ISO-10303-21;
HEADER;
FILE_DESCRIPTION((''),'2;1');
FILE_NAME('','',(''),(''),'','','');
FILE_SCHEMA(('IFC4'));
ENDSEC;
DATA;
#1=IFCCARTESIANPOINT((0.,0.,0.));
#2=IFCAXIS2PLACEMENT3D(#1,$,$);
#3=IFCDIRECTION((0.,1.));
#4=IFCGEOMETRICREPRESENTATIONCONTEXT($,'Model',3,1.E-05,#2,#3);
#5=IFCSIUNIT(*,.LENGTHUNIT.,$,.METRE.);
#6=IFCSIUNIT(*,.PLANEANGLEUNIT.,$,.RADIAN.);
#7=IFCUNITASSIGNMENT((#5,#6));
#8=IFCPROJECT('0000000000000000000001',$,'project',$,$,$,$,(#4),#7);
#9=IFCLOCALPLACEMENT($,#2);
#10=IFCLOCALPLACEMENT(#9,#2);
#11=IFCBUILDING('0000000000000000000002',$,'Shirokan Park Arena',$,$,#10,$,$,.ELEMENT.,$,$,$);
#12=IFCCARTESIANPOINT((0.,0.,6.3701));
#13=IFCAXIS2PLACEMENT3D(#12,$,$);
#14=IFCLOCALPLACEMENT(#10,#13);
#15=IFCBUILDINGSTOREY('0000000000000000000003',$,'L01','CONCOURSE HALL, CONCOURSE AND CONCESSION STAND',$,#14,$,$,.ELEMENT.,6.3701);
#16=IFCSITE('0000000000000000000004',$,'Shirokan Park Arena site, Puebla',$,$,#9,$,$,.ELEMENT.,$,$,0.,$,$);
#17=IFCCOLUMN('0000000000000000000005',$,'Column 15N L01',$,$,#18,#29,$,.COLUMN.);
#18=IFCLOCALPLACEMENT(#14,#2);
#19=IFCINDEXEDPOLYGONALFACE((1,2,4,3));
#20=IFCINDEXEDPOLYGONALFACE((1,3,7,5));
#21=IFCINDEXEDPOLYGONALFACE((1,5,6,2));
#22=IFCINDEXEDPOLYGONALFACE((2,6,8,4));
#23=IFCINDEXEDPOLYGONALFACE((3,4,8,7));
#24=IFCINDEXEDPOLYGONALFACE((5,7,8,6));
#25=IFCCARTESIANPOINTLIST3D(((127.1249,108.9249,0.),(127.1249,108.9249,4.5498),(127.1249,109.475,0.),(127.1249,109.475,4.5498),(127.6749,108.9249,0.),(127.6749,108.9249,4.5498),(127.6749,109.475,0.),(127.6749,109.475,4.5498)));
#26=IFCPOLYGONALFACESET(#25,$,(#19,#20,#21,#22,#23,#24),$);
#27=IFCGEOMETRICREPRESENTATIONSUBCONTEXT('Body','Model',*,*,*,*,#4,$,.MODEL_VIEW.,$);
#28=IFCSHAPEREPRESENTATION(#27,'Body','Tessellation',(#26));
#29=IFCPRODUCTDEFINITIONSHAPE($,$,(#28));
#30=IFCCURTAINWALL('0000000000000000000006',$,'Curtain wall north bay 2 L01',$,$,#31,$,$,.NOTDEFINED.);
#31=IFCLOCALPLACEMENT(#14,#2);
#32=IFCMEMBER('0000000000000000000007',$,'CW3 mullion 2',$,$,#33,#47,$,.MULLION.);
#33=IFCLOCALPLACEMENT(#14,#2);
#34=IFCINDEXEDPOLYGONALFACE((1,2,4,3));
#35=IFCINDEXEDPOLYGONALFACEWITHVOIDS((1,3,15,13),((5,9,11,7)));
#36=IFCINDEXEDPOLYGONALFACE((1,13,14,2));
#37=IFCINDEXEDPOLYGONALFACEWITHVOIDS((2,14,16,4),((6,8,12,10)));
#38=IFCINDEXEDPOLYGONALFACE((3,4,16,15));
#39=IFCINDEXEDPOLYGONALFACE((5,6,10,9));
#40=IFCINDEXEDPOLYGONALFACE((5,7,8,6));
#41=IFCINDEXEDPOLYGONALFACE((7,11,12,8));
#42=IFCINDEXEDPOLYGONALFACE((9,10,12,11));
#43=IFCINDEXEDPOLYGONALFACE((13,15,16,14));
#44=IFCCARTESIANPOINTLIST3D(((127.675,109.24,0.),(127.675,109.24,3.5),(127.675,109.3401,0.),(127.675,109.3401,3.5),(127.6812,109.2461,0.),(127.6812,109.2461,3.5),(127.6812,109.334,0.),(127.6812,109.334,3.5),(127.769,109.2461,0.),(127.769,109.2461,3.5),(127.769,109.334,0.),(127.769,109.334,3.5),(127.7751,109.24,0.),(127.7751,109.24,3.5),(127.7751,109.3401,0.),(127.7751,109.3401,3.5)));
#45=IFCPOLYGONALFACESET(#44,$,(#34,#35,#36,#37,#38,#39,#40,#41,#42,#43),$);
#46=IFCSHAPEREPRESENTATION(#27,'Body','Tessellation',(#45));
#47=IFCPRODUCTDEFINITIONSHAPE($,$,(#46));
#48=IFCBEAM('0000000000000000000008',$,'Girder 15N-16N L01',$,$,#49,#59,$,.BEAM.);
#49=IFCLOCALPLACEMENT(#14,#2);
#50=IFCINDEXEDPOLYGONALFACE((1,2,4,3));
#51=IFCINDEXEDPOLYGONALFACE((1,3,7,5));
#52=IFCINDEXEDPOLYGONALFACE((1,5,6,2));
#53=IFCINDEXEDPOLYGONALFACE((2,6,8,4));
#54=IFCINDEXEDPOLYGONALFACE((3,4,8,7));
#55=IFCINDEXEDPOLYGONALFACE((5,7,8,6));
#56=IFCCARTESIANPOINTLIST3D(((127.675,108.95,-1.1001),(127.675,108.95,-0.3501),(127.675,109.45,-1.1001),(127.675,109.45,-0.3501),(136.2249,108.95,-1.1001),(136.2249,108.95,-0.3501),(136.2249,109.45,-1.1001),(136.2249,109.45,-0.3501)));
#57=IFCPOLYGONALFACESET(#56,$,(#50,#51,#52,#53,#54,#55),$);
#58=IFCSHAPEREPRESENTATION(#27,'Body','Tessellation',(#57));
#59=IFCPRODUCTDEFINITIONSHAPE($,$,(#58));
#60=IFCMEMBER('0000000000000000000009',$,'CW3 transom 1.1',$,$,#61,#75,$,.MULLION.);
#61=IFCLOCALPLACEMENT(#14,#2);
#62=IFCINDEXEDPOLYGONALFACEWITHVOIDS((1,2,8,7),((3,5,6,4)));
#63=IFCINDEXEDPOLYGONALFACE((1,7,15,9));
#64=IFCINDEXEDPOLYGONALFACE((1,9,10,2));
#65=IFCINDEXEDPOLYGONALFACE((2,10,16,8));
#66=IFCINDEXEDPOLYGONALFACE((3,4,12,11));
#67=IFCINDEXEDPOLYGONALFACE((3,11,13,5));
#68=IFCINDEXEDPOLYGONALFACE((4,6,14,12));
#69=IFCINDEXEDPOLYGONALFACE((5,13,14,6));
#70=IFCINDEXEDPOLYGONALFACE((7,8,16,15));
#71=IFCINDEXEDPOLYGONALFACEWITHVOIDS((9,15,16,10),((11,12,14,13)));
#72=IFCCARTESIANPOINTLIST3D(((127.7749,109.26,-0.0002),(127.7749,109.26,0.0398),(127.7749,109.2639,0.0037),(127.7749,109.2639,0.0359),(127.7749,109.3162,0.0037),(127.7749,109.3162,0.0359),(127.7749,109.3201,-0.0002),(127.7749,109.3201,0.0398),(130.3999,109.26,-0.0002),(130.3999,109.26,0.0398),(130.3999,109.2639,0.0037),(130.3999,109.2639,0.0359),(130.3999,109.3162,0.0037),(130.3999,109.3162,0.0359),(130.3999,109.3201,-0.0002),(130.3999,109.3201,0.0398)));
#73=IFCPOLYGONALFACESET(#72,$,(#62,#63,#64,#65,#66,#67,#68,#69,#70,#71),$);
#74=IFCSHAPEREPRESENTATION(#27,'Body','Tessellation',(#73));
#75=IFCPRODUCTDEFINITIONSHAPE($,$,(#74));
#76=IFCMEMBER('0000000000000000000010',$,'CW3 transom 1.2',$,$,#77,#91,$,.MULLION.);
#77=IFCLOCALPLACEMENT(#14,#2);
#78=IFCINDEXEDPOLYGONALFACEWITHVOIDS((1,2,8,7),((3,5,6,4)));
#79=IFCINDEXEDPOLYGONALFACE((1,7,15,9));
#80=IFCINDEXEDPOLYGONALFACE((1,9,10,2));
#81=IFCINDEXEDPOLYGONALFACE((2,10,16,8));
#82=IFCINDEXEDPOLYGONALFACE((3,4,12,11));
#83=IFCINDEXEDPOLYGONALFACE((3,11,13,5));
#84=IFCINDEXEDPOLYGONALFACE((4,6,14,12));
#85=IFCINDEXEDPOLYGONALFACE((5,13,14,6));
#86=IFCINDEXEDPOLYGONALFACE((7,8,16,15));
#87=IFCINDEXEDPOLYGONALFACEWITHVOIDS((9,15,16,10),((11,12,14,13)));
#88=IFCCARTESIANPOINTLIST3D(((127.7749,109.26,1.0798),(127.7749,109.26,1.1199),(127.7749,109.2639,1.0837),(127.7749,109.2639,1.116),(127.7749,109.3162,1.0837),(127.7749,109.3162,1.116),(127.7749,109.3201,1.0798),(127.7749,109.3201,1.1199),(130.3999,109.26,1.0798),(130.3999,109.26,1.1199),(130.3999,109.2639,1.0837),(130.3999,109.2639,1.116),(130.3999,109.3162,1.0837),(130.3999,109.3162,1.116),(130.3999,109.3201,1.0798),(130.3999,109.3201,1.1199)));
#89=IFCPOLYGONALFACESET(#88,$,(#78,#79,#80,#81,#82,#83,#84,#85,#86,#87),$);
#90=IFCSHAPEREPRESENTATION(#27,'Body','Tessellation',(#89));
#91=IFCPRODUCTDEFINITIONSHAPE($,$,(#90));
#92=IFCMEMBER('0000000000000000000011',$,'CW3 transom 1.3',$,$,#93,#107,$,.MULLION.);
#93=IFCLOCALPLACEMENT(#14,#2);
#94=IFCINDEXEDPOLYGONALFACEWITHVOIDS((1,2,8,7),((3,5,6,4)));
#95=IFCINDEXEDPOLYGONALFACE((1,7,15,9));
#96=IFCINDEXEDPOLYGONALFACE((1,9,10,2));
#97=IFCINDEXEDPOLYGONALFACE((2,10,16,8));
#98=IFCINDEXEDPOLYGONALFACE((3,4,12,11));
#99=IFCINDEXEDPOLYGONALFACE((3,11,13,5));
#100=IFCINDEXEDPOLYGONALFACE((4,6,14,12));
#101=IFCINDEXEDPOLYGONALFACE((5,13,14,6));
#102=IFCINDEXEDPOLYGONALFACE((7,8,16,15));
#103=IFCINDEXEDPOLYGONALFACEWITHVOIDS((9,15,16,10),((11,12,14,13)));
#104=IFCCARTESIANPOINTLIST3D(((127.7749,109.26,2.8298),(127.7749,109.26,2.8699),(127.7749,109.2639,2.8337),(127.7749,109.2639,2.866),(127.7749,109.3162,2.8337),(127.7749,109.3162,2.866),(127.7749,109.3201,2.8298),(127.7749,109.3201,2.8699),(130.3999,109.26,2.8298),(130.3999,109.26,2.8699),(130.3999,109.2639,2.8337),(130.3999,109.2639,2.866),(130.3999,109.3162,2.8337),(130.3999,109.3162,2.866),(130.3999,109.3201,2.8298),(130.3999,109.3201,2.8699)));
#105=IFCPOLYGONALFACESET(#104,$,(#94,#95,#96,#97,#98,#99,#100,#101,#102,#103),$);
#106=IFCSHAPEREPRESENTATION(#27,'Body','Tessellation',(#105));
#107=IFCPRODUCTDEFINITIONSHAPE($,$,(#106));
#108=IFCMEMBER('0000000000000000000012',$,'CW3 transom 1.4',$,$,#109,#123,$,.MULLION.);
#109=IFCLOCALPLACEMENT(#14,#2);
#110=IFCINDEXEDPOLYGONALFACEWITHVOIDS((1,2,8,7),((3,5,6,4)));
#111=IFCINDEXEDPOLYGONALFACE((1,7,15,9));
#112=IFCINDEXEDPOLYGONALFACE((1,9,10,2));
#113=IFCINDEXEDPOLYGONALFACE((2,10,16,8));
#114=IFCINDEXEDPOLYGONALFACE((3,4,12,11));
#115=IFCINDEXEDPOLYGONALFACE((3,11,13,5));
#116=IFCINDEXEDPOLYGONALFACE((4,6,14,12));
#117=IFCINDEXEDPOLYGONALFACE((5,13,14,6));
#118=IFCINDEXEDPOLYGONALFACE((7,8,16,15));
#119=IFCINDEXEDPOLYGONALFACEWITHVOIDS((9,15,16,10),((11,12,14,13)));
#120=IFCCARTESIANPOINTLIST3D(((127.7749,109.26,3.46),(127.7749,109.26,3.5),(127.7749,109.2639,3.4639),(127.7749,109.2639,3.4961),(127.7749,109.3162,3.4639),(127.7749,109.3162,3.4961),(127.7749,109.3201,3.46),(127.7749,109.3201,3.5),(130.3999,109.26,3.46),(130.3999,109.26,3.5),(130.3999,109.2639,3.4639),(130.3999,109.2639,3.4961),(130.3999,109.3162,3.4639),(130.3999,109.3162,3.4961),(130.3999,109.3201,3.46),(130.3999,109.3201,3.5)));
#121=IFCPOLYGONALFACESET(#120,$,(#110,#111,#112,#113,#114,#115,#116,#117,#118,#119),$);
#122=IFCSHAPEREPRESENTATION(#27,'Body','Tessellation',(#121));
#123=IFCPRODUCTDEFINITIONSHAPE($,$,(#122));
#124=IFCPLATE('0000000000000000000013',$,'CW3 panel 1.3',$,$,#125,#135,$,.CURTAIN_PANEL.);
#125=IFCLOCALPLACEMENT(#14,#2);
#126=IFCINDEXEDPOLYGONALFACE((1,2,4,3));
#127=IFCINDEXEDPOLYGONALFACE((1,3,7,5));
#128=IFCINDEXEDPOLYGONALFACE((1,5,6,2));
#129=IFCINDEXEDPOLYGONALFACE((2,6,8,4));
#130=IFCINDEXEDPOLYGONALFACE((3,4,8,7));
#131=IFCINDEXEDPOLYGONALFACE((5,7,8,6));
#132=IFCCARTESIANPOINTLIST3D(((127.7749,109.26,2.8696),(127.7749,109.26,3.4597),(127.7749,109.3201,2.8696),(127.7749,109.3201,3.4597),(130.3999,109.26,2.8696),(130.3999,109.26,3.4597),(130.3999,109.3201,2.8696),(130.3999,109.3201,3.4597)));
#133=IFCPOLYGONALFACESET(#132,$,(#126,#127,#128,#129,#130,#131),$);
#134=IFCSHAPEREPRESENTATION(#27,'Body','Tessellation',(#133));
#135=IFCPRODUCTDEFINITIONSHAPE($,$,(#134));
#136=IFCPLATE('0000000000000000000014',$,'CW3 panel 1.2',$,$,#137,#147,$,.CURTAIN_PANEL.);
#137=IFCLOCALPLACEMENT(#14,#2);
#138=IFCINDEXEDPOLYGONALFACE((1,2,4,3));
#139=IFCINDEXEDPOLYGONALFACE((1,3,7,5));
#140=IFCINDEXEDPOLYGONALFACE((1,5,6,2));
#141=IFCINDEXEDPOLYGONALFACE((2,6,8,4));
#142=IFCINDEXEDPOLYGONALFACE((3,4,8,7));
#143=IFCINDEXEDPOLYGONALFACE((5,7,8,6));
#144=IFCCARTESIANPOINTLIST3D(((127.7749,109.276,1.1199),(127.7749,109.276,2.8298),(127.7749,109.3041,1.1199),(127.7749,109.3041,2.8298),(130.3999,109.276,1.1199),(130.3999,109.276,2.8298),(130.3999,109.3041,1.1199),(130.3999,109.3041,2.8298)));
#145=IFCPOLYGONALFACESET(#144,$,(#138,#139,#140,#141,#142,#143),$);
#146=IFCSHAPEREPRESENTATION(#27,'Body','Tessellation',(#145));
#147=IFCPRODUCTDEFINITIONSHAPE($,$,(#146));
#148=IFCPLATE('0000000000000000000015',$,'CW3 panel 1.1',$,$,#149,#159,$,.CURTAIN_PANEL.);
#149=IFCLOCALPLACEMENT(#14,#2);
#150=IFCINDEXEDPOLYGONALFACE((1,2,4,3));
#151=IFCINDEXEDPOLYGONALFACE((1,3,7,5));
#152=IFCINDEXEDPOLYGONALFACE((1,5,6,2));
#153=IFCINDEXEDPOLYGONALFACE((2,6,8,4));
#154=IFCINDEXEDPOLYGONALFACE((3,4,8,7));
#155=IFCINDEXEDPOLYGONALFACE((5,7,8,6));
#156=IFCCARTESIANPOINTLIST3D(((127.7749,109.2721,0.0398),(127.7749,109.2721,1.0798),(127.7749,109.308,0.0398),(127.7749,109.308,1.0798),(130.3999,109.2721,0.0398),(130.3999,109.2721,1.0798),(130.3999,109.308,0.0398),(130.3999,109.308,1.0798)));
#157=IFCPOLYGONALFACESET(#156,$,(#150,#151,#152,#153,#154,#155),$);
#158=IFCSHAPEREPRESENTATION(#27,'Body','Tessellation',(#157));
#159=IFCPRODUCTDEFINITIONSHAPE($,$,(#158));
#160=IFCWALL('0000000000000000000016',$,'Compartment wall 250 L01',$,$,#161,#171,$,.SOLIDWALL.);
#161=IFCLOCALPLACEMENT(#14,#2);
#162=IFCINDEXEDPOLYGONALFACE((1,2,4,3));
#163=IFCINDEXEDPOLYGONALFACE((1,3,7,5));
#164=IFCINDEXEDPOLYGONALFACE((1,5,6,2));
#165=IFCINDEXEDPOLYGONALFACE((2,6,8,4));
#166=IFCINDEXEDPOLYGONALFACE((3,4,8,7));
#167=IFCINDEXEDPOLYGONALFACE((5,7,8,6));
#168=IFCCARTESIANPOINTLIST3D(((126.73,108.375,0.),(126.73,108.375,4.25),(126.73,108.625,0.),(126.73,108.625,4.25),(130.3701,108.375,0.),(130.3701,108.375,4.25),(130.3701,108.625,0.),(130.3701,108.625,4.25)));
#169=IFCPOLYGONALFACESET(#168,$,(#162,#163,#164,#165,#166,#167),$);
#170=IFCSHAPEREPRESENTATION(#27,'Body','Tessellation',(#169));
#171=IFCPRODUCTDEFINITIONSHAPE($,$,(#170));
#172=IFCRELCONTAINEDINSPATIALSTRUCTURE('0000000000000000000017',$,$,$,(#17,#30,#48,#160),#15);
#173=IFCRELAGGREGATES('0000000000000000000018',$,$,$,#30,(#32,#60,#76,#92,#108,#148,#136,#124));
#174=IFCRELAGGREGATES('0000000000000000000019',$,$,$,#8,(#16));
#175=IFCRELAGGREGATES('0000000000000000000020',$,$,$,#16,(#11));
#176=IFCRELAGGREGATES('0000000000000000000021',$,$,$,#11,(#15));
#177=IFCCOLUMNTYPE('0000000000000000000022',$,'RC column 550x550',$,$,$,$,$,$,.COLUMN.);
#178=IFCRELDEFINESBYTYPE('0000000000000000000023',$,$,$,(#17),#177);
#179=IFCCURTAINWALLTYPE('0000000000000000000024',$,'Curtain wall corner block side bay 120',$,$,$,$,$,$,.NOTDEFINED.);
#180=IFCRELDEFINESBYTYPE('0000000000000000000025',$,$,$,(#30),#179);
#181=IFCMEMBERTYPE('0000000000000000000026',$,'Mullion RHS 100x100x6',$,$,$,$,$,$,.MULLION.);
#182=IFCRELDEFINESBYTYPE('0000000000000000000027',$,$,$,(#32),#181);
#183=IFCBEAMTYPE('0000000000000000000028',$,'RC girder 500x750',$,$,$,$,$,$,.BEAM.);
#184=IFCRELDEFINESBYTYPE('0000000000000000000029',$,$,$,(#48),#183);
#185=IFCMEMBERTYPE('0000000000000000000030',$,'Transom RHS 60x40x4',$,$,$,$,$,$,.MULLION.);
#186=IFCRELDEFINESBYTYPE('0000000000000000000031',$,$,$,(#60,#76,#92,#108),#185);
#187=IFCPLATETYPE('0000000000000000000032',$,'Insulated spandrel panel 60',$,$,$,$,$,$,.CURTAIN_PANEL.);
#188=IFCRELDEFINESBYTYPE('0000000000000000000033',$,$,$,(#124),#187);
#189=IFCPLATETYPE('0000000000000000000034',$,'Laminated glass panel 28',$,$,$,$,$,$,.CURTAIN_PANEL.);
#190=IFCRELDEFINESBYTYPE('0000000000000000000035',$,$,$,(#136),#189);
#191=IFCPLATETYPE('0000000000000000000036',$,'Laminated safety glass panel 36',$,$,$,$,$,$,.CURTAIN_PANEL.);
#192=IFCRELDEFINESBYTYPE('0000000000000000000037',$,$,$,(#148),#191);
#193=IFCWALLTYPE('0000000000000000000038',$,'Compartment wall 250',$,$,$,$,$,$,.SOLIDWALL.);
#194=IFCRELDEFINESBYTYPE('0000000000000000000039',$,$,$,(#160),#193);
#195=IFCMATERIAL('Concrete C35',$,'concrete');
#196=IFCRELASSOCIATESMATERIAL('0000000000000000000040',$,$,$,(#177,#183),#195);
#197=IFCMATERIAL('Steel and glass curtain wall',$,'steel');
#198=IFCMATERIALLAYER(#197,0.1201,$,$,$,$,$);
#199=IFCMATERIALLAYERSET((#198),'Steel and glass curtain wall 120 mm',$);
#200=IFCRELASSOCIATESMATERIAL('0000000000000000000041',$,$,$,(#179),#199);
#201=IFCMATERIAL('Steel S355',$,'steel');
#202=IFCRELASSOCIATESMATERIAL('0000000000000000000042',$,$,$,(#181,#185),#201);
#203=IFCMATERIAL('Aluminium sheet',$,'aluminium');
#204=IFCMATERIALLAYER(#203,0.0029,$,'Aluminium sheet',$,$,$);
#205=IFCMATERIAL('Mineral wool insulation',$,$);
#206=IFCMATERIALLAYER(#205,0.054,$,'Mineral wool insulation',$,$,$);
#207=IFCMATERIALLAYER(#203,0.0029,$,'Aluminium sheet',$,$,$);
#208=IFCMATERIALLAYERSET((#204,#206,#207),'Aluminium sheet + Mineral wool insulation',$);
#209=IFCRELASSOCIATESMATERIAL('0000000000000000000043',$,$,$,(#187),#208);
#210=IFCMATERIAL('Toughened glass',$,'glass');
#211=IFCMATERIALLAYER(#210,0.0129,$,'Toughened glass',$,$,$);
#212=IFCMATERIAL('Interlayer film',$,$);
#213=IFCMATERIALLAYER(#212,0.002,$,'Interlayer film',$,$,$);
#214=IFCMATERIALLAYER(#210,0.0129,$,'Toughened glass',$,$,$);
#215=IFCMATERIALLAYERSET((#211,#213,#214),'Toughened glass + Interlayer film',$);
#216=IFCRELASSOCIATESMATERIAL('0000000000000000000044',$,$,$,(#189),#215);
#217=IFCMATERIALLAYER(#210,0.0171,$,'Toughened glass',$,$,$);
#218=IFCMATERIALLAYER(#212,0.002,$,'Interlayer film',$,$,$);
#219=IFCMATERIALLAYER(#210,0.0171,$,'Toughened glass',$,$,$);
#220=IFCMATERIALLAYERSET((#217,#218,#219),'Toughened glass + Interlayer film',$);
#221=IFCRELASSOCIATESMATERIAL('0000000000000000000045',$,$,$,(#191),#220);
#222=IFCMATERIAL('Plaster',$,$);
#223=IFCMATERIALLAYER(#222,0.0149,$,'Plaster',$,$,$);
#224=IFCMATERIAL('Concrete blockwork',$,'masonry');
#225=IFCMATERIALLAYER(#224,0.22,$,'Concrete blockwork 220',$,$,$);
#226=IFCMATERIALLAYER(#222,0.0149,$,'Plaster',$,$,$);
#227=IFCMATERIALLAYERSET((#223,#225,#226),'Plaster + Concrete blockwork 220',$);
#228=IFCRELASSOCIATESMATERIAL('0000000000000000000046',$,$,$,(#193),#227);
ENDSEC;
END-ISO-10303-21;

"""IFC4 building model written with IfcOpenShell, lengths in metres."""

from ifc_helpers import new_model, si_unit, direction, frame, frame_2d, origin, origin_2d, place, context, subcontext, project, spatial, rectangle, hollow_rectangle, extrude, material, layer, layer_set, material_profile, profile_set, type_object, element, aggregate, save


model = new_model("IFC4")

# Units and contexts
model_context = context("Model", 3, precision=1e-05, world=origin(), true_north=direction((0.0, 1.0)))
body_context = subcontext(model_context, "Body", "Model", "MODEL_VIEW")
ifc_project = project(units=[si_unit("LENGTHUNIT", "METRE"), si_unit("PLANEANGLEUNIT", "RADIAN")], contexts=[model_context])

# Site, building, storey
site_placement = place(None, origin())
site = spatial("IfcSite", under=ifc_project, at=site_placement, Name="Shirokan Park Arena site, Puebla", CompositionType="ELEMENT", RefElevation=0.0)
building_placement = place(site_placement, origin())
building = spatial("IfcBuilding", under=site, at=building_placement, Name="Shirokan Park Arena", CompositionType="ELEMENT")
storey_placement = place(building_placement, frame((0.0, 0.0, 6.3701)))
storey = spatial("IfcBuildingStorey", under=building, at=storey_placement, Name="L01", Description="CONCOURSE HALL, CONCOURSE AND CONCESSION STAND", CompositionType="ELEMENT", Elevation=6.3701)

# Column
ifc_material_1 = material(Name="Concrete C35", Category="concrete")
ifc_material_profile_1 = material_profile(ifc_material_1, rectangle(XDim=0.55, YDim=0.55, at=origin_2d()), Name="550x550")
ifc_profile_set_1 = profile_set([ifc_material_profile_1], Name="Concrete C35")
column_type = type_object("IfcColumnType", Name="RC column 550x550", PredefinedType="COLUMN", material=ifc_profile_set_1)
column_placement = place(storey_placement, frame((127.3999, 109.2, 0.0), z_axis=(0.0, 0.0, 1.0), x_axis=(1.0, 0.0, 0.0)))
element("IfcColumn", 1, at=column_placement, inside=storey, type_object=column_type, Name="Column 15N L01", PredefinedType="COLUMN", context=body_context, shape_type="SweptSolid", body=[
    extrude(rectangle(XDim=0.55, YDim=0.55, at=origin_2d()), origin(), (0.0, 0.0, 1.0), 4.5498),
])

# Curtain wall, member
ifc_material_2 = material(Name="Steel and glass curtain wall", Category="steel")
ifc_layer_1 = layer(ifc_material_2, 0.1201)
ifc_layer_set_1 = layer_set([ifc_layer_1], Name="Steel and glass curtain wall 120 mm")
curtain_wall_type = type_object("IfcCurtainWallType", Name="Curtain wall corner block side bay 120", PredefinedType="NOTDEFINED", material=ifc_layer_set_1)
curtain_wall_placement = place(storey_placement, origin())
curtain_wall = element("IfcCurtainWall", 2, at=curtain_wall_placement, inside=storey, type_object=curtain_wall_type, Name="Curtain wall north bay 2 L01", PredefinedType="NOTDEFINED")
ifc_material_3 = material(Name="Steel S355", Category="steel")
ifc_material_profile_2 = material_profile(ifc_material_3, hollow_rectangle(XDim=0.1001, YDim=0.1001, WallThickness=0.0061, at=origin_2d()), Name="RHS 100x100x6")
ifc_profile_set_2 = profile_set([ifc_material_profile_2], Name="Steel S355")
member_type_1 = type_object("IfcMemberType", Name="Mullion RHS 100x100x6", PredefinedType="MULLION", material=ifc_profile_set_2)
member_1_placement = place(storey_placement, frame((127.7251, 109.29, 0.0), z_axis=(0.0, 0.0, 1.0), x_axis=(0.0, -1.0, 0.0)))
member_1 = element("IfcMember", 3, at=member_1_placement, type_object=member_type_1, Name="CW3 mullion 2", PredefinedType="MULLION", context=body_context, shape_type="SweptSolid", body=[
    extrude(hollow_rectangle(XDim=0.1001, YDim=0.1001, WallThickness=0.0061, at=origin_2d()), origin(), (0.0, 0.0, 1.0), 3.5),
])

# Beam
ifc_material_profile_3 = material_profile(ifc_material_1, rectangle(XDim=0.5, YDim=0.75, at=origin_2d()), Name="500x750")
ifc_profile_set_3 = profile_set([ifc_material_profile_3], Name="Concrete C35")
beam_type = type_object("IfcBeamType", Name="RC girder 500x750", PredefinedType="BEAM", material=ifc_profile_set_3)
beam_placement = place(storey_placement, frame((127.675, 109.2, -0.7251), z_axis=(1.0, 0.0, 0.0), x_axis=(0.0, 1.0, 0.0)))
element("IfcBeam", 4, at=beam_placement, inside=storey, type_object=beam_type, Name="Girder 15N-16N L01", PredefinedType="BEAM", context=body_context, shape_type="SweptSolid", body=[
    extrude(rectangle(XDim=0.5, YDim=0.75, at=origin_2d()), origin(), (0.0, 0.0, 1.0), 8.5498),
])

# Members
ifc_material_profile_4 = material_profile(ifc_material_3, hollow_rectangle(XDim=0.0601, YDim=0.04, WallThickness=0.0039, at=origin_2d()), Name="RHS 60x40x4")
ifc_profile_set_4 = profile_set([ifc_material_profile_4], Name="Steel S355")
member_type_2 = type_object("IfcMemberType", Name="Transom RHS 60x40x4", PredefinedType="MULLION", material=ifc_profile_set_4)
member_2_placement = place(storey_placement, frame((130.3999, 109.29, 0.0198), z_axis=(-1.0, 0.0, 0.0), x_axis=(0.0, -1.0, 0.0)))
member_2 = element("IfcMember", 5, at=member_2_placement, type_object=member_type_2, Name="CW3 transom 1.1", PredefinedType="MULLION", context=body_context, shape_type="SweptSolid", body=[
    extrude(hollow_rectangle(XDim=0.0601, YDim=0.04, WallThickness=0.0039, at=origin_2d()), origin(), (0.0, 0.0, 1.0), 2.625),
])
member_3_placement = place(storey_placement, frame((130.3999, 109.29, 1.0999), z_axis=(-1.0, 0.0, 0.0), x_axis=(0.0, -1.0, 0.0)))
member_3 = element("IfcMember", 6, at=member_3_placement, type_object=member_type_2, Name="CW3 transom 1.2", PredefinedType="MULLION", context=body_context, shape_type="SweptSolid", body=[
    extrude(hollow_rectangle(XDim=0.0601, YDim=0.04, WallThickness=0.0039, at=origin_2d()), origin(), (0.0, 0.0, 1.0), 2.625),
])
member_4_placement = place(storey_placement, frame((130.3999, 109.29, 2.8499), z_axis=(-1.0, 0.0, 0.0), x_axis=(0.0, -1.0, 0.0)))
member_4 = element("IfcMember", 7, at=member_4_placement, type_object=member_type_2, Name="CW3 transom 1.3", PredefinedType="MULLION", context=body_context, shape_type="SweptSolid", body=[
    extrude(hollow_rectangle(XDim=0.0601, YDim=0.04, WallThickness=0.0039, at=origin_2d()), origin(), (0.0, 0.0, 1.0), 2.625),
])
member_5_placement = place(storey_placement, frame((130.3999, 109.29, 3.48), z_axis=(-1.0, 0.0, 0.0), x_axis=(0.0, -1.0, 0.0)))
member_5 = element("IfcMember", 8, at=member_5_placement, type_object=member_type_2, Name="CW3 transom 1.4", PredefinedType="MULLION", context=body_context, shape_type="SweptSolid", body=[
    extrude(hollow_rectangle(XDim=0.0601, YDim=0.04, WallThickness=0.0039, at=origin_2d()), origin(), (0.0, 0.0, 1.0), 2.625),
])

# Plates
ifc_material_4 = material(Name="Aluminium sheet", Category="aluminium")
ifc_layer_2 = layer(ifc_material_4, 0.0029, Name="Aluminium sheet")
ifc_material_5 = material(Name="Mineral wool insulation")
ifc_layer_3 = layer(ifc_material_5, 0.054, Name="Mineral wool insulation")
ifc_layer_4 = layer(ifc_material_4, 0.0029, Name="Aluminium sheet")
ifc_layer_set_2 = layer_set([ifc_layer_2, ifc_layer_3, ifc_layer_4], Name="Aluminium sheet + Mineral wool insulation")
plate_type_1 = type_object("IfcPlateType", Name="Insulated spandrel panel 60", PredefinedType="CURTAIN_PANEL", material=ifc_layer_set_2)
plate_1_placement = place(storey_placement, frame((129.0874, 109.29, 2.8696), z_axis=(0.0, 0.0, 1.0), x_axis=(-1.0, 0.0, 0.0)))
plate_1 = element("IfcPlate", 9, at=plate_1_placement, type_object=plate_type_1, Name="CW3 panel 1.3", PredefinedType="CURTAIN_PANEL", context=body_context, shape_type="SweptSolid", body=[
    extrude(rectangle(XDim=2.625, YDim=0.0601, at=origin_2d()), origin(), (0.0, 0.0, 1.0), 0.5901),
])
ifc_material_6 = material(Name="Toughened glass", Category="glass")
ifc_layer_5 = layer(ifc_material_6, 0.0129, Name="Toughened glass")
ifc_material_7 = material(Name="Interlayer film")
ifc_layer_6 = layer(ifc_material_7, 0.002, Name="Interlayer film")
ifc_layer_7 = layer(ifc_material_6, 0.0129, Name="Toughened glass")
ifc_layer_set_3 = layer_set([ifc_layer_5, ifc_layer_6, ifc_layer_7], Name="Toughened glass + Interlayer film")
plate_type_2 = type_object("IfcPlateType", Name="Laminated glass panel 28", PredefinedType="CURTAIN_PANEL", material=ifc_layer_set_3)
plate_2_placement = place(storey_placement, frame((129.0874, 109.29, 1.1199), z_axis=(0.0, 0.0, 1.0), x_axis=(-1.0, 0.0, 0.0)))
plate_2 = element("IfcPlate", 10, at=plate_2_placement, type_object=plate_type_2, Name="CW3 panel 1.2", PredefinedType="CURTAIN_PANEL", context=body_context, shape_type="SweptSolid", body=[
    extrude(rectangle(XDim=2.625, YDim=0.0281, at=origin_2d()), origin(), (0.0, 0.0, 1.0), 1.71),
])
ifc_layer_8 = layer(ifc_material_6, 0.0171, Name="Toughened glass")
ifc_layer_9 = layer(ifc_material_7, 0.002, Name="Interlayer film")
ifc_layer_10 = layer(ifc_material_6, 0.0171, Name="Toughened glass")
ifc_layer_set_4 = layer_set([ifc_layer_8, ifc_layer_9, ifc_layer_10], Name="Toughened glass + Interlayer film")
plate_type_3 = type_object("IfcPlateType", Name="Laminated safety glass panel 36", PredefinedType="CURTAIN_PANEL", material=ifc_layer_set_4)
plate_3_placement = place(storey_placement, frame((129.0874, 109.29, 0.0398), z_axis=(0.0, 0.0, 1.0), x_axis=(-1.0, 0.0, 0.0)))
plate_3 = element("IfcPlate", 11, at=plate_3_placement, type_object=plate_type_3, Name="CW3 panel 1.1", PredefinedType="CURTAIN_PANEL", context=body_context, shape_type="SweptSolid", body=[
    extrude(rectangle(XDim=2.625, YDim=0.0359, at=origin_2d()), origin(), (0.0, 0.0, 1.0), 1.04),
])
aggregate(curtain_wall, [member_1, member_2, member_3, member_4, member_5, plate_3, plate_2, plate_1])

# Wall
ifc_material_8 = material(Name="Plaster")
ifc_layer_11 = layer(ifc_material_8, 0.0149, Name="Plaster")
ifc_material_9 = material(Name="Concrete blockwork", Category="masonry")
ifc_layer_12 = layer(ifc_material_9, 0.22, Name="Concrete blockwork 220")
ifc_layer_13 = layer(ifc_material_8, 0.0149, Name="Plaster")
ifc_layer_set_5 = layer_set([ifc_layer_11, ifc_layer_12, ifc_layer_13], Name="Plaster + Concrete blockwork 220")
wall_type_1 = type_object("IfcWallType", Name="Compartment wall 250", PredefinedType="SOLIDWALL", material=ifc_layer_set_5)
wall_1_placement = place(storey_placement, frame((126.73, 108.5, 0.0), z_axis=(0.0, 0.0, 1.0), x_axis=(1.0, 0.0, 0.0)))
element("IfcWall", 12, at=wall_1_placement, inside=storey, type_object=wall_type_1, Name="Compartment wall 250 L01", PredefinedType="SOLIDWALL", context=body_context, shape_type="SweptSolid", body=[
    extrude(rectangle(XDim=3.6401, YDim=0.25, at=frame_2d((1.8201, 0.0))), origin(), (0.0, 0.0, 1.0), 4.25),
])

save(model, "model.ifc")
